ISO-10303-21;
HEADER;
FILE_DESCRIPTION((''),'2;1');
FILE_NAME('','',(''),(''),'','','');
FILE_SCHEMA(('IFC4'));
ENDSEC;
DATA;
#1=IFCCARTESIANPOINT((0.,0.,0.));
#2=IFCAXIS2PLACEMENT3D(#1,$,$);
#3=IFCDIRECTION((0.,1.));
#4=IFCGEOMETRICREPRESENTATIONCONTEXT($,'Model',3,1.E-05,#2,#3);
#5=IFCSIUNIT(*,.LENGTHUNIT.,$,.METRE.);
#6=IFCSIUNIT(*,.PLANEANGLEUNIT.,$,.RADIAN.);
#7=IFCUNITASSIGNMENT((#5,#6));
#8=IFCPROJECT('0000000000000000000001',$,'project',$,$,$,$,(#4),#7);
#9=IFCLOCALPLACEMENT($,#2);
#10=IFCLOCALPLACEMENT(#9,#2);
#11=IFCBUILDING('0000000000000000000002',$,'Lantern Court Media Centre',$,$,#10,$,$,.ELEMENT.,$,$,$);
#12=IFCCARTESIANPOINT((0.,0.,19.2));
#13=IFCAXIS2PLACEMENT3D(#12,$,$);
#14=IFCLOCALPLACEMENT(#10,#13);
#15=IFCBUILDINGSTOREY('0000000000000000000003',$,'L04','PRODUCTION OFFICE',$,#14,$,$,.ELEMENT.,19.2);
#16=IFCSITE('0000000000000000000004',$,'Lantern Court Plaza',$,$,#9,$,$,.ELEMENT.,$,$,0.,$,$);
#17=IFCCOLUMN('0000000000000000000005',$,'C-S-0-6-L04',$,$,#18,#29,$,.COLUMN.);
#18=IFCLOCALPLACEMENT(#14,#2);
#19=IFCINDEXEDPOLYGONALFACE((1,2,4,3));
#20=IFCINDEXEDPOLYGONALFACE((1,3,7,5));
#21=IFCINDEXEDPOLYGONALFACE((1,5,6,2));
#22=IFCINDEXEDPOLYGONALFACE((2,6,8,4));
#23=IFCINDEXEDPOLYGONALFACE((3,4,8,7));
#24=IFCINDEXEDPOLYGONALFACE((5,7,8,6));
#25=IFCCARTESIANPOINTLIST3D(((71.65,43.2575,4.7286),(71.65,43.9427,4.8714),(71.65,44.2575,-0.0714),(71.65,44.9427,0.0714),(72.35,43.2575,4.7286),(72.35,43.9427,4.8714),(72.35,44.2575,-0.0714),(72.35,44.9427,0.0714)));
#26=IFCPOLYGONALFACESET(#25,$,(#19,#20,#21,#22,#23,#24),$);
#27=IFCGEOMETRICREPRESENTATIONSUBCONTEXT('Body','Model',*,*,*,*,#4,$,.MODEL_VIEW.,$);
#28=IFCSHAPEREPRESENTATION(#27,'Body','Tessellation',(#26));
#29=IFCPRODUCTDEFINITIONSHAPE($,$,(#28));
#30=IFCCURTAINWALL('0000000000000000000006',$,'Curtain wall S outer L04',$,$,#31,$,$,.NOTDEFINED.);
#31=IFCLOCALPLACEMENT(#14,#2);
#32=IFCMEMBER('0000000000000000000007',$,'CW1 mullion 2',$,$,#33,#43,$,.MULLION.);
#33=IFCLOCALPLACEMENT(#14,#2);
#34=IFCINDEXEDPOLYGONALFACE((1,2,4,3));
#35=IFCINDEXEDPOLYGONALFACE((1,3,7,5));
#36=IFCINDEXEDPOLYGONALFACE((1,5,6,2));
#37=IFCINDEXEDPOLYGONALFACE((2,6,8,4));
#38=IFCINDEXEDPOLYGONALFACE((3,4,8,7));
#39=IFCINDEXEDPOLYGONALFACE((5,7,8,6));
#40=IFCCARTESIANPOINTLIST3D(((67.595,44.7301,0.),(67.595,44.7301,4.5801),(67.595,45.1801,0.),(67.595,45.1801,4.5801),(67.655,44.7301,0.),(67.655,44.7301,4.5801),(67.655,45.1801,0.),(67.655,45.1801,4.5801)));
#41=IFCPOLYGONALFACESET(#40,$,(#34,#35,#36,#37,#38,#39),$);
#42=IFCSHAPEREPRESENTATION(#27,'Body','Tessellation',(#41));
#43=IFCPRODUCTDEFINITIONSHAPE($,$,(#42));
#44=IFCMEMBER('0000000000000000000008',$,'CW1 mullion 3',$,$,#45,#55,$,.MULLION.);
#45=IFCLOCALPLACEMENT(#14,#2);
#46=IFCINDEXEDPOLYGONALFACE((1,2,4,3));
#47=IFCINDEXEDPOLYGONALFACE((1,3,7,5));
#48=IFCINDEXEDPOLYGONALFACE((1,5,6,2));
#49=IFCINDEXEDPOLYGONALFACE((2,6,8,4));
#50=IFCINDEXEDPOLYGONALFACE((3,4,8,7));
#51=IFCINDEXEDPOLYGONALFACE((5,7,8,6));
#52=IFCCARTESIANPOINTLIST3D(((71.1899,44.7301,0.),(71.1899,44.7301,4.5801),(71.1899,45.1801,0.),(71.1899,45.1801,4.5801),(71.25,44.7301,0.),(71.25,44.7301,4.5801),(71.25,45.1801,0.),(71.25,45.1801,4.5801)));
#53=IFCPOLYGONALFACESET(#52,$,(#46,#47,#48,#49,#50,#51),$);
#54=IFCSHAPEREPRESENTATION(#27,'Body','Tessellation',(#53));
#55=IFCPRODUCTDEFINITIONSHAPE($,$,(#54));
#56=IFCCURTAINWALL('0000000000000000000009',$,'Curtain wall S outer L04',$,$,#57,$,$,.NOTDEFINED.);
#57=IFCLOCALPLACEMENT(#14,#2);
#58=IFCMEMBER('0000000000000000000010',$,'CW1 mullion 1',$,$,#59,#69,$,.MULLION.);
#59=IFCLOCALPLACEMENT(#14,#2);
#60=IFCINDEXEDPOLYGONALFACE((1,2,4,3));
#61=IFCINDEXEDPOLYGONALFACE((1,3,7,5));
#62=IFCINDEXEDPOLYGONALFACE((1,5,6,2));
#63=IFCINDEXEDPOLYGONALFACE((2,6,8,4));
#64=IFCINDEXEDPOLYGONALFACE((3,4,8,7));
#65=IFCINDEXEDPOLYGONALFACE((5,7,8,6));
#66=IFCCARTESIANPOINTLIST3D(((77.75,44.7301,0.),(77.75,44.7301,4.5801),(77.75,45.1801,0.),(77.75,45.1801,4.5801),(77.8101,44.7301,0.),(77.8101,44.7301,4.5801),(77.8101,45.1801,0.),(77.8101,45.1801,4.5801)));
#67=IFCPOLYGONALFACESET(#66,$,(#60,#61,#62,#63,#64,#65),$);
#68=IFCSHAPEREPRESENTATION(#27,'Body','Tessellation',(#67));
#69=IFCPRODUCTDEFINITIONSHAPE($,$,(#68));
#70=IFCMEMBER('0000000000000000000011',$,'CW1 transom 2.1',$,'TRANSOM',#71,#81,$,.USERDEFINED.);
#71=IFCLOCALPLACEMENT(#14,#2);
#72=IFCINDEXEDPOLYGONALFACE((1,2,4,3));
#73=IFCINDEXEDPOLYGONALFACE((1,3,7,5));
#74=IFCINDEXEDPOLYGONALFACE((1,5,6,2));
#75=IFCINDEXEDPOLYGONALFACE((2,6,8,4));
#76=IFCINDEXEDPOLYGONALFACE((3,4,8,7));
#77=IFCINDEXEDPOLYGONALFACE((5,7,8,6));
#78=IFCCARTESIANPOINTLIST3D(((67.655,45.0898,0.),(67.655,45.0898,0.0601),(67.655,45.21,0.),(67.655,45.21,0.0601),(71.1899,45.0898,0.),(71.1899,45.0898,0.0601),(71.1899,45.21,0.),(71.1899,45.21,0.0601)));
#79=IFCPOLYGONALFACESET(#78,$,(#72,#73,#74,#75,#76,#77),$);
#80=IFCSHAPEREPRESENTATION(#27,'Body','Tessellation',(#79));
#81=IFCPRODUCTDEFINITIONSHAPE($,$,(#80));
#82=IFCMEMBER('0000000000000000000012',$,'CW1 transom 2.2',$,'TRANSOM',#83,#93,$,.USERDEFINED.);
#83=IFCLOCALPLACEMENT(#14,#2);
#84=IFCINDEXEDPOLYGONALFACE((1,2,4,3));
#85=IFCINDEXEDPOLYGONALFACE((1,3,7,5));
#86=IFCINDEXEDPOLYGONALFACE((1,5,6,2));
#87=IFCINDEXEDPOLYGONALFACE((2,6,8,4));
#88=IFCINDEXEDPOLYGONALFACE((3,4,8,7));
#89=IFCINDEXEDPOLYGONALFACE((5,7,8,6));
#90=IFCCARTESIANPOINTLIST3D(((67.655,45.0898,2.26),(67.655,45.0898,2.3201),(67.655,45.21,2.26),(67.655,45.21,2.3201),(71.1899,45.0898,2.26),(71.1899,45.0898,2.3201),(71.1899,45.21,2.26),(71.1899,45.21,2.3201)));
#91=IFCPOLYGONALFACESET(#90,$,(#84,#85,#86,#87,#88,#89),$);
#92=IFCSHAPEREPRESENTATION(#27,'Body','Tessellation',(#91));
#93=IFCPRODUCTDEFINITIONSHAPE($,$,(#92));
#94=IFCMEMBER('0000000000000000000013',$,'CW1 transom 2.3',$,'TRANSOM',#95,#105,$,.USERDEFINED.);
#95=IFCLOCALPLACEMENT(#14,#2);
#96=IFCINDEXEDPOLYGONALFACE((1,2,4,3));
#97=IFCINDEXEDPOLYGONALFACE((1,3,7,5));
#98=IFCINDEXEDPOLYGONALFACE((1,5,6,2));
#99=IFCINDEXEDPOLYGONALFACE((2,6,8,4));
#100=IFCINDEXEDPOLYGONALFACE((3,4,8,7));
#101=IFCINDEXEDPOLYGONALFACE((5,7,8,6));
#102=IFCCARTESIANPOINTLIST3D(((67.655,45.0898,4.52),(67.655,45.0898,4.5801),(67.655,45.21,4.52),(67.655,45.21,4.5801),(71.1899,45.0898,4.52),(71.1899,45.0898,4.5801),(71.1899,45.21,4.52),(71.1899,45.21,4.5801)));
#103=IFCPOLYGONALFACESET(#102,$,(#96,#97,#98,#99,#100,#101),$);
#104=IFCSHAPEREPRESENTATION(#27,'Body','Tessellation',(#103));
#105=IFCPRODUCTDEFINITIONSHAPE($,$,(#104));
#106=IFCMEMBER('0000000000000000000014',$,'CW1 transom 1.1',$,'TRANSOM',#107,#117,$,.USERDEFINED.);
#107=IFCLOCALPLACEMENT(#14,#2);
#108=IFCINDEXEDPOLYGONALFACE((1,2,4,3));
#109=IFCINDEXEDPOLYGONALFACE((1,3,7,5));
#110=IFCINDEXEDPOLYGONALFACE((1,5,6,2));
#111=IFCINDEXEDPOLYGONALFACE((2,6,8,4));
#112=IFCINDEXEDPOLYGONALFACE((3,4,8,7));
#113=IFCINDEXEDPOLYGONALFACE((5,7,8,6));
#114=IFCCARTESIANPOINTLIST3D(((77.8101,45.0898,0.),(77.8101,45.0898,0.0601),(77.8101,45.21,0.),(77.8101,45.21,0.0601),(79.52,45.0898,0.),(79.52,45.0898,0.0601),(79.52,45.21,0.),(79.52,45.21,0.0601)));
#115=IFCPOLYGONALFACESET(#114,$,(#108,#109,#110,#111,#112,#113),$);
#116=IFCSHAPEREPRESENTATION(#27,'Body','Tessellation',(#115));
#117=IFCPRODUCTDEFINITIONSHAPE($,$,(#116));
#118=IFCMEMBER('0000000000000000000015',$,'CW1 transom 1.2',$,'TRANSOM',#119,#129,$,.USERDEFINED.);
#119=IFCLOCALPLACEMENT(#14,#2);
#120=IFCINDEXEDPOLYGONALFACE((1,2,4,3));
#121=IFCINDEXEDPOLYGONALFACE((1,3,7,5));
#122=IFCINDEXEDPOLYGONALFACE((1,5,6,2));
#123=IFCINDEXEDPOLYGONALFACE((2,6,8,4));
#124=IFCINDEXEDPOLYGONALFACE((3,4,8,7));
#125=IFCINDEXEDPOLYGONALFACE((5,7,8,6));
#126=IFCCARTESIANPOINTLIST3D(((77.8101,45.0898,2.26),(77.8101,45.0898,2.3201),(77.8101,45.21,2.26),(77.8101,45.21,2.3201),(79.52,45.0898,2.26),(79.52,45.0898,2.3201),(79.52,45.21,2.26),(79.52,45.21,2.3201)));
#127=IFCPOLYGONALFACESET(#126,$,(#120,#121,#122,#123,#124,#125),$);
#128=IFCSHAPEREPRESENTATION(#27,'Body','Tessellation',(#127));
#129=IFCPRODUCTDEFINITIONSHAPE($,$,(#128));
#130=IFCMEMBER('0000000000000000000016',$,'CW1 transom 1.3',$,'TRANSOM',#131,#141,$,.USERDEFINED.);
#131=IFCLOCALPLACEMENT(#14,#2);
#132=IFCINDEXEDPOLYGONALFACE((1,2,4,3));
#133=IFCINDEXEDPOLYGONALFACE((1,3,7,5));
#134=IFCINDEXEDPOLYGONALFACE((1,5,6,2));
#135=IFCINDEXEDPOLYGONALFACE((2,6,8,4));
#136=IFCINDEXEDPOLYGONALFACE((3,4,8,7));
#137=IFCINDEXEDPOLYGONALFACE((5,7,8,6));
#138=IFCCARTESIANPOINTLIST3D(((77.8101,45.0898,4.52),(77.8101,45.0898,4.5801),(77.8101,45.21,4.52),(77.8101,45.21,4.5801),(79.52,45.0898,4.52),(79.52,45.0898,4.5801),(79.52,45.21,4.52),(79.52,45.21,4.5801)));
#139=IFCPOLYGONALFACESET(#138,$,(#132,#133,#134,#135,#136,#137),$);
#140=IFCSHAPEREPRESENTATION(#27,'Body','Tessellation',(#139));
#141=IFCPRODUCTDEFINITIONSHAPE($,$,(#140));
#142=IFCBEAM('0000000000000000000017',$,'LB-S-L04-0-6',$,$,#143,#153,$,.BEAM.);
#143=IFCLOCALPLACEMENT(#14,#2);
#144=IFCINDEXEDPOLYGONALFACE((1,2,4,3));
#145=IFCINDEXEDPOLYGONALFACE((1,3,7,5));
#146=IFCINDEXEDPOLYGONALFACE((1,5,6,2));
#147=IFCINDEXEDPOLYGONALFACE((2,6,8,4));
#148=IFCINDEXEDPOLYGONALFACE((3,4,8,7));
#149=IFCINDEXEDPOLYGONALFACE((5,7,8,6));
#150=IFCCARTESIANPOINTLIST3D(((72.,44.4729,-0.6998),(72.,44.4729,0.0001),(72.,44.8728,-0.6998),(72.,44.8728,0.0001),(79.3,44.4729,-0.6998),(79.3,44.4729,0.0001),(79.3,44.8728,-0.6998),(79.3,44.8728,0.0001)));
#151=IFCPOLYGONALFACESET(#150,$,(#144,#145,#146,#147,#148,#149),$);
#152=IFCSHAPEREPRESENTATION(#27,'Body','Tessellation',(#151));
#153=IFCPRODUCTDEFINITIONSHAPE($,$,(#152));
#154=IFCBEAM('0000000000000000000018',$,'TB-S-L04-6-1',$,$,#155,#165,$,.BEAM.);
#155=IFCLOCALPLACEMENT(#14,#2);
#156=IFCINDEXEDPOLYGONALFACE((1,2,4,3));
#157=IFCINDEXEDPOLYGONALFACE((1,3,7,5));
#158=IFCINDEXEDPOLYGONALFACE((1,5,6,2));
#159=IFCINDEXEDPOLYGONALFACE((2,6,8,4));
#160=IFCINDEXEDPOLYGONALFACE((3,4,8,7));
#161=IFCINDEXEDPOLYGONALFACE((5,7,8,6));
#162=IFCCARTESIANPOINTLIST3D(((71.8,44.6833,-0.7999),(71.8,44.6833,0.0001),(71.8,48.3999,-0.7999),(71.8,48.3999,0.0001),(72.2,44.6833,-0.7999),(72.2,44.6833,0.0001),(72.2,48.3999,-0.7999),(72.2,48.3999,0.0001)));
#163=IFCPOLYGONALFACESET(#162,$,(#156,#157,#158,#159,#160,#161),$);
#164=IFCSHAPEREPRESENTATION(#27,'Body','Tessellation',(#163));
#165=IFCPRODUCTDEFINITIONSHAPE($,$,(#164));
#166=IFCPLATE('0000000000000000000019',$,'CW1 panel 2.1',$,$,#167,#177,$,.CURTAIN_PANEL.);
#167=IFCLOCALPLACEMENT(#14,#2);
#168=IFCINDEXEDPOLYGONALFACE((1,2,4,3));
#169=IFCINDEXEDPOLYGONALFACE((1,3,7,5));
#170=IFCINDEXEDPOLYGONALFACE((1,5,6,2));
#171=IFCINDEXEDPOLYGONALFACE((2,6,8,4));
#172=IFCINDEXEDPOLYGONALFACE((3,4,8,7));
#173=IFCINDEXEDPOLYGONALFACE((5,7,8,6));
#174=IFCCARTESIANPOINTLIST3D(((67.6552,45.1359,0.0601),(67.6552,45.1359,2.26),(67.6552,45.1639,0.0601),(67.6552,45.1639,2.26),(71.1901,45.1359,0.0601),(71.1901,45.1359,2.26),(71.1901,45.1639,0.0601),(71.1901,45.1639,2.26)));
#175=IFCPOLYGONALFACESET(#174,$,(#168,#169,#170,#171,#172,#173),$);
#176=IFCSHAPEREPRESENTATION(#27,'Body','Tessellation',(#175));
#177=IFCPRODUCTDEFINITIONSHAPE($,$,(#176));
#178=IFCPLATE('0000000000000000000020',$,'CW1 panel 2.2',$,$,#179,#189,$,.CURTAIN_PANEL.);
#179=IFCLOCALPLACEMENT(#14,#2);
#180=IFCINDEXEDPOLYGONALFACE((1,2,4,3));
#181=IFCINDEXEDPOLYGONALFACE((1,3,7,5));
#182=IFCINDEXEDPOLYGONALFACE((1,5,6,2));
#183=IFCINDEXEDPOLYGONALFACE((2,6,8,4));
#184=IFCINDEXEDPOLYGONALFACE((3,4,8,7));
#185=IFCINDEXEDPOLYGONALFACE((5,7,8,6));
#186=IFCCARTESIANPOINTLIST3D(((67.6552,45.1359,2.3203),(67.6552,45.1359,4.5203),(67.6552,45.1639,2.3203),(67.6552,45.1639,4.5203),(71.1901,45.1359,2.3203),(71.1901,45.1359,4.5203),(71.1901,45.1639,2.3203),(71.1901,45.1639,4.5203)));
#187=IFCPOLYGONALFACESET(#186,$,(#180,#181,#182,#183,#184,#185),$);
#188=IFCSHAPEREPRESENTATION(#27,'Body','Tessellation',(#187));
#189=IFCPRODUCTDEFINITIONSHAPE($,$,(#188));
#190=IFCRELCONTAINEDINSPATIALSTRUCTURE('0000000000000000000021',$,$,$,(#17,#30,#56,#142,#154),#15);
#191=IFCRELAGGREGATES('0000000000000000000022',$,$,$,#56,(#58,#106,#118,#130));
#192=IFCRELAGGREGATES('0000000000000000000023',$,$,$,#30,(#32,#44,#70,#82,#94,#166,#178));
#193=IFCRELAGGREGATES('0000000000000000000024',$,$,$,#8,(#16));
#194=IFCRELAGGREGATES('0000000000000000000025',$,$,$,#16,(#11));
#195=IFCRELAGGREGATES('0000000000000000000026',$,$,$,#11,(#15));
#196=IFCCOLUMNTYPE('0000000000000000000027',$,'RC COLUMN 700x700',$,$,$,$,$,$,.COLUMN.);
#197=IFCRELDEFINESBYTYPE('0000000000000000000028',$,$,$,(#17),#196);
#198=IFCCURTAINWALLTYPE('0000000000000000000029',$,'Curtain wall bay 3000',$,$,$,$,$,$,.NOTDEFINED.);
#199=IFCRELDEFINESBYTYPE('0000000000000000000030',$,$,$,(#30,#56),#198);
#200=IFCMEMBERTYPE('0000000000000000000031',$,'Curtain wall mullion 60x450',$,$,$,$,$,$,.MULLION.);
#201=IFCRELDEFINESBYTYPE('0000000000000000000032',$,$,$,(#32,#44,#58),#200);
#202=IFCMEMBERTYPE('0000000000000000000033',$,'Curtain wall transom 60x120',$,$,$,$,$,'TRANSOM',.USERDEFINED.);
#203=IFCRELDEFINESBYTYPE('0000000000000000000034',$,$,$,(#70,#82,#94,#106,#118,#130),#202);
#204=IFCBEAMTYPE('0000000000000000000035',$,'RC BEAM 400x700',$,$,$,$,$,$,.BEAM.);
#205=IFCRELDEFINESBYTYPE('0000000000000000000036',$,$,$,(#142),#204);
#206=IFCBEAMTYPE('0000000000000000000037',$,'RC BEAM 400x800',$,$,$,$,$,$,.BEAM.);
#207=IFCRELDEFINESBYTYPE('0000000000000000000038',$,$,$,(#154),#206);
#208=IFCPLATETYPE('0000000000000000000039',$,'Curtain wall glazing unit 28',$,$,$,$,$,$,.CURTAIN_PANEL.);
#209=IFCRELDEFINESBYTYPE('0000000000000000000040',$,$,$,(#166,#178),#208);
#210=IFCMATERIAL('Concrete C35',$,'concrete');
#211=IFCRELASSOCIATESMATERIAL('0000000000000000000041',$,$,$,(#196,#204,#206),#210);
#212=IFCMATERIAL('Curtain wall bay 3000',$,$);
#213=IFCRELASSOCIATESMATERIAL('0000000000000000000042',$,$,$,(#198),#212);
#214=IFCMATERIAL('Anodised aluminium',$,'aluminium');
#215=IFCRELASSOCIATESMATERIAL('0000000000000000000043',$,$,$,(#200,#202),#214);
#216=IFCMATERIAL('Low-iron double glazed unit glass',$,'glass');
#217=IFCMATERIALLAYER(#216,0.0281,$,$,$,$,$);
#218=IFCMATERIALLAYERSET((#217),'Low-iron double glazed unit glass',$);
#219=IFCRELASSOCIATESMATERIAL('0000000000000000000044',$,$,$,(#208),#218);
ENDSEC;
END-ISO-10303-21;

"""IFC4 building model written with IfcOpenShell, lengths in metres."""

from ifc_helpers import new_model, si_unit, direction, frame, origin, origin_2d, place, context, subcontext, project, spatial, rectangle, extrude, material, layer, layer_set, material_profile, profile_set, type_object, element, aggregate, save


model = new_model("IFC4")

# Units and contexts
model_context = context("Model", 3, precision=1e-05, world=origin(), true_north=direction((0.0, 1.0)))
body_context = subcontext(model_context, "Body", "Model", "MODEL_VIEW")
ifc_project = project(units=[si_unit("LENGTHUNIT", "METRE"), si_unit("PLANEANGLEUNIT", "RADIAN")], contexts=[model_context])

# Site, building, storey
site_placement = place(None, origin())
site = spatial("IfcSite", under=ifc_project, at=site_placement, Name="Lantern Court Plaza", CompositionType="ELEMENT", RefElevation=0.0)
building_placement = place(site_placement, origin())
building = spatial("IfcBuilding", under=site, at=building_placement, Name="Lantern Court Media Centre", CompositionType="ELEMENT")
storey_placement = place(building_placement, frame((0.0, 0.0, 19.2)))
storey = spatial("IfcBuildingStorey", under=building, at=storey_placement, Name="L04", Description="PRODUCTION OFFICE", CompositionType="ELEMENT", Elevation=19.2)

# Column
ifc_material_1 = material(Name="Concrete C35", Category="concrete")
ifc_material_profile_1 = material_profile(ifc_material_1, rectangle(XDim=0.7, YDim=0.7, at=origin_2d()), Name="RC 700x700")
ifc_profile_set_1 = profile_set([ifc_material_profile_1], Name="Concrete C35")
column_type = type_object("IfcColumnType", Name="RC COLUMN 700x700", PredefinedType="COLUMN", material=ifc_profile_set_1)
column_placement = place(storey_placement, frame((72.0, 44.6001, 0.0), z_axis=(0.0, -0.203952, 0.978981), x_axis=(1.0, 0.0, 0.0)))
element("IfcColumn", 1, at=column_placement, inside=storey, type_object=column_type, Name="C-S-0-6-L04", PredefinedType="COLUMN", context=body_context, shape_type="SweptSolid", body=[
    extrude(rectangle(XDim=0.7, YDim=0.7, at=origin_2d()), origin(), (0.0, 0.0, 1.0), 4.9031),
])

# Curtain wall, members
ifc_material_2 = material(Name="Curtain wall bay 3000")
curtain_wall_type = type_object("IfcCurtainWallType", Name="Curtain wall bay 3000", PredefinedType="NOTDEFINED", material=ifc_material_2)
curtain_wall_1_placement = place(storey_placement, origin())
curtain_wall_1 = element("IfcCurtainWall", 2, at=curtain_wall_1_placement, inside=storey, type_object=curtain_wall_type, Name="Curtain wall S outer L04", PredefinedType="NOTDEFINED")
ifc_material_3 = material(Name="Anodised aluminium", Category="aluminium")
ifc_material_profile_2 = material_profile(ifc_material_3, rectangle(XDim=0.45, YDim=0.0601, at=origin_2d()), Name="AL 60x450")
ifc_profile_set_2 = profile_set([ifc_material_profile_2], Name="Anodised aluminium")
member_type_1 = type_object("IfcMemberType", Name="Curtain wall mullion 60x450", PredefinedType="MULLION", material=ifc_profile_set_2)
member_1_placement = place(storey_placement, frame((67.625, 44.9551, 0.0), z_axis=(0.0, 0.0, 1.0), x_axis=(0.0, 1.0, 0.0)))
member_1 = element("IfcMember", 3, at=member_1_placement, type_object=member_type_1, Name="CW1 mullion 2", PredefinedType="MULLION", context=body_context, shape_type="SweptSolid", body=[
    extrude(rectangle(XDim=0.45, YDim=0.0601, at=origin_2d()), origin(), (0.0, 0.0, 1.0), 4.5801),
])
member_2_placement = place(storey_placement, frame((71.22, 44.9551, 0.0), z_axis=(0.0, 0.0, 1.0), x_axis=(0.0, 1.0, 0.0)))
member_2 = element("IfcMember", 4, at=member_2_placement, type_object=member_type_1, Name="CW1 mullion 3", PredefinedType="MULLION", context=body_context, shape_type="SweptSolid", body=[
    extrude(rectangle(XDim=0.45, YDim=0.0601, at=origin_2d()), origin(), (0.0, 0.0, 1.0), 4.5801),
])

# Curtain wall, member
curtain_wall_2_placement = place(storey_placement, origin())
curtain_wall_2 = element("IfcCurtainWall", 5, at=curtain_wall_2_placement, inside=storey, type_object=curtain_wall_type, Name="Curtain wall S outer L04", PredefinedType="NOTDEFINED")
member_3_placement = place(storey_placement, frame((77.78, 44.9551, 0.0), z_axis=(0.0, 0.0, 1.0), x_axis=(0.0, 1.0, 0.0)))
member_3 = element("IfcMember", 6, at=member_3_placement, type_object=member_type_1, Name="CW1 mullion 1", PredefinedType="MULLION", context=body_context, shape_type="SweptSolid", body=[
    extrude(rectangle(XDim=0.45, YDim=0.0601, at=origin_2d()), origin(), (0.0, 0.0, 1.0), 4.5801),
])

# Members
ifc_material_profile_3 = material_profile(ifc_material_3, rectangle(XDim=0.1201, YDim=0.0601, at=origin_2d()), Name="AL 60x120")
ifc_profile_set_3 = profile_set([ifc_material_profile_3], Name="Anodised aluminium")
member_type_2 = type_object("IfcMemberType", Name="Curtain wall transom 60x120", ElementType="TRANSOM", PredefinedType="USERDEFINED", material=ifc_profile_set_3)
member_4_placement = place(storey_placement, frame((67.655, 45.1499, 0.03), z_axis=(1.0, 0.0, 0.0), x_axis=(0.0, 1.0, 0.0)))
member_4 = element("IfcMember", 7, at=member_4_placement, type_object=member_type_2, Name="CW1 transom 2.1", ObjectType="TRANSOM", PredefinedType="USERDEFINED", context=body_context, shape_type="SweptSolid", body=[
    extrude(rectangle(XDim=0.1201, YDim=0.0601, at=origin_2d()), origin(), (0.0, 0.0, 1.0), 3.5349),
])
member_5_placement = place(storey_placement, frame((67.655, 45.1499, 2.29), z_axis=(1.0, 0.0, 0.0), x_axis=(0.0, 1.0, 0.0)))
member_5 = element("IfcMember", 8, at=member_5_placement, type_object=member_type_2, Name="CW1 transom 2.2", ObjectType="TRANSOM", PredefinedType="USERDEFINED", context=body_context, shape_type="SweptSolid", body=[
    extrude(rectangle(XDim=0.1201, YDim=0.0601, at=origin_2d()), origin(), (0.0, 0.0, 1.0), 3.5349),
])
member_6_placement = place(storey_placement, frame((67.655, 45.1499, 4.55), z_axis=(1.0, 0.0, 0.0), x_axis=(0.0, 1.0, 0.0)))
member_6 = element("IfcMember", 9, at=member_6_placement, type_object=member_type_2, Name="CW1 transom 2.3", ObjectType="TRANSOM", PredefinedType="USERDEFINED", context=body_context, shape_type="SweptSolid", body=[
    extrude(rectangle(XDim=0.1201, YDim=0.0601, at=origin_2d()), origin(), (0.0, 0.0, 1.0), 3.5349),
])
member_7_placement = place(storey_placement, frame((77.8101, 45.1499, 0.03), z_axis=(1.0, 0.0, 0.0), x_axis=(0.0, 1.0, 0.0)))
member_7 = element("IfcMember", 10, at=member_7_placement, type_object=member_type_2, Name="CW1 transom 1.1", ObjectType="TRANSOM", PredefinedType="USERDEFINED", context=body_context, shape_type="SweptSolid", body=[
    extrude(rectangle(XDim=0.1201, YDim=0.0601, at=origin_2d()), origin(), (0.0, 0.0, 1.0), 1.71),
])
member_8_placement = place(storey_placement, frame((77.8101, 45.1499, 2.29), z_axis=(1.0, 0.0, 0.0), x_axis=(0.0, 1.0, 0.0)))
member_8 = element("IfcMember", 11, at=member_8_placement, type_object=member_type_2, Name="CW1 transom 1.2", ObjectType="TRANSOM", PredefinedType="USERDEFINED", context=body_context, shape_type="SweptSolid", body=[
    extrude(rectangle(XDim=0.1201, YDim=0.0601, at=origin_2d()), origin(), (0.0, 0.0, 1.0), 1.71),
])
member_9_placement = place(storey_placement, frame((77.8101, 45.1499, 4.55), z_axis=(1.0, 0.0, 0.0), x_axis=(0.0, 1.0, 0.0)))
member_9 = element("IfcMember", 12, at=member_9_placement, type_object=member_type_2, Name="CW1 transom 1.3", ObjectType="TRANSOM", PredefinedType="USERDEFINED", context=body_context, shape_type="SweptSolid", body=[
    extrude(rectangle(XDim=0.1201, YDim=0.0601, at=origin_2d()), origin(), (0.0, 0.0, 1.0), 1.71),
])
aggregate(curtain_wall_2, [member_3, member_7, member_8, member_9])

# Beams
ifc_material_profile_4 = material_profile(ifc_material_1, rectangle(XDim=0.3999, YDim=0.7, at=origin_2d()), Name="RC 400x700")
ifc_profile_set_4 = profile_set([ifc_material_profile_4], Name="Concrete C35")
beam_type_1 = type_object("IfcBeamType", Name="RC BEAM 400x700", PredefinedType="BEAM", material=ifc_profile_set_4)
beam_1_placement = place(storey_placement, frame((72.0, 44.6729, -0.3499), z_axis=(1.0, 0.0, 0.0), x_axis=(0.0, 1.0, 0.0)))
element("IfcBeam", 13, at=beam_1_placement, inside=storey, type_object=beam_type_1, Name="LB-S-L04-0-6", PredefinedType="BEAM", context=body_context, shape_type="SweptSolid", body=[
    extrude(rectangle(XDim=0.3999, YDim=0.7, at=origin_2d()), origin(), (0.0, 0.0, 1.0), 7.3),
])
ifc_material_profile_5 = material_profile(ifc_material_1, rectangle(XDim=0.3999, YDim=0.8, at=origin_2d()), Name="RC 400x800")
ifc_profile_set_5 = profile_set([ifc_material_profile_5], Name="Concrete C35")
beam_type_2 = type_object("IfcBeamType", Name="RC BEAM 400x800", PredefinedType="BEAM", material=ifc_profile_set_5)
beam_2_placement = place(storey_placement, frame((72.0, 44.6833, -0.3999), z_axis=(0.0, 1.0, 0.0), x_axis=(-1.0, 0.0, 0.0)))
element("IfcBeam", 14, at=beam_2_placement, inside=storey, type_object=beam_type_2, Name="TB-S-L04-6-1", PredefinedType="BEAM", context=body_context, shape_type="SweptSolid", body=[
    extrude(rectangle(XDim=0.3999, YDim=0.8, at=origin_2d()), origin(), (0.0, 0.0, 1.0), 3.7166),
])

# Plates
ifc_material_4 = material(Name="Low-iron double glazed unit glass", Category="glass")
ifc_layer_1 = layer(ifc_material_4, 0.0281)
ifc_layer_set_1 = layer_set([ifc_layer_1], Name="Low-iron double glazed unit glass")
plate_type = type_object("IfcPlateType", Name="Curtain wall glazing unit 28", PredefinedType="CURTAIN_PANEL", material=ifc_layer_set_1)
plate_1_placement = place(storey_placement, frame((69.4226, 45.1499, 0.0601), z_axis=(0.0, 0.0, 1.0), x_axis=(1.0, 0.0, 0.0)))
plate_1 = element("IfcPlate", 15, at=plate_1_placement, type_object=plate_type, Name="CW1 panel 2.1", PredefinedType="CURTAIN_PANEL", context=body_context, shape_type="SweptSolid", body=[
    extrude(rectangle(XDim=3.5349, YDim=0.0281, at=origin_2d()), origin(), (0.0, 0.0, 1.0), 2.2),
])
plate_2_placement = place(storey_placement, frame((69.4226, 45.1499, 2.3203), z_axis=(0.0, 0.0, 1.0), x_axis=(1.0, 0.0, 0.0)))
plate_2 = element("IfcPlate", 16, at=plate_2_placement, type_object=plate_type, Name="CW1 panel 2.2", PredefinedType="CURTAIN_PANEL", context=body_context, shape_type="SweptSolid", body=[
    extrude(rectangle(XDim=3.5349, YDim=0.0281, at=origin_2d()), origin(), (0.0, 0.0, 1.0), 2.2),
])
aggregate(curtain_wall_1, [member_1, member_2, member_4, member_5, member_6, plate_1, plate_2])

save(model, "model.ifc")
